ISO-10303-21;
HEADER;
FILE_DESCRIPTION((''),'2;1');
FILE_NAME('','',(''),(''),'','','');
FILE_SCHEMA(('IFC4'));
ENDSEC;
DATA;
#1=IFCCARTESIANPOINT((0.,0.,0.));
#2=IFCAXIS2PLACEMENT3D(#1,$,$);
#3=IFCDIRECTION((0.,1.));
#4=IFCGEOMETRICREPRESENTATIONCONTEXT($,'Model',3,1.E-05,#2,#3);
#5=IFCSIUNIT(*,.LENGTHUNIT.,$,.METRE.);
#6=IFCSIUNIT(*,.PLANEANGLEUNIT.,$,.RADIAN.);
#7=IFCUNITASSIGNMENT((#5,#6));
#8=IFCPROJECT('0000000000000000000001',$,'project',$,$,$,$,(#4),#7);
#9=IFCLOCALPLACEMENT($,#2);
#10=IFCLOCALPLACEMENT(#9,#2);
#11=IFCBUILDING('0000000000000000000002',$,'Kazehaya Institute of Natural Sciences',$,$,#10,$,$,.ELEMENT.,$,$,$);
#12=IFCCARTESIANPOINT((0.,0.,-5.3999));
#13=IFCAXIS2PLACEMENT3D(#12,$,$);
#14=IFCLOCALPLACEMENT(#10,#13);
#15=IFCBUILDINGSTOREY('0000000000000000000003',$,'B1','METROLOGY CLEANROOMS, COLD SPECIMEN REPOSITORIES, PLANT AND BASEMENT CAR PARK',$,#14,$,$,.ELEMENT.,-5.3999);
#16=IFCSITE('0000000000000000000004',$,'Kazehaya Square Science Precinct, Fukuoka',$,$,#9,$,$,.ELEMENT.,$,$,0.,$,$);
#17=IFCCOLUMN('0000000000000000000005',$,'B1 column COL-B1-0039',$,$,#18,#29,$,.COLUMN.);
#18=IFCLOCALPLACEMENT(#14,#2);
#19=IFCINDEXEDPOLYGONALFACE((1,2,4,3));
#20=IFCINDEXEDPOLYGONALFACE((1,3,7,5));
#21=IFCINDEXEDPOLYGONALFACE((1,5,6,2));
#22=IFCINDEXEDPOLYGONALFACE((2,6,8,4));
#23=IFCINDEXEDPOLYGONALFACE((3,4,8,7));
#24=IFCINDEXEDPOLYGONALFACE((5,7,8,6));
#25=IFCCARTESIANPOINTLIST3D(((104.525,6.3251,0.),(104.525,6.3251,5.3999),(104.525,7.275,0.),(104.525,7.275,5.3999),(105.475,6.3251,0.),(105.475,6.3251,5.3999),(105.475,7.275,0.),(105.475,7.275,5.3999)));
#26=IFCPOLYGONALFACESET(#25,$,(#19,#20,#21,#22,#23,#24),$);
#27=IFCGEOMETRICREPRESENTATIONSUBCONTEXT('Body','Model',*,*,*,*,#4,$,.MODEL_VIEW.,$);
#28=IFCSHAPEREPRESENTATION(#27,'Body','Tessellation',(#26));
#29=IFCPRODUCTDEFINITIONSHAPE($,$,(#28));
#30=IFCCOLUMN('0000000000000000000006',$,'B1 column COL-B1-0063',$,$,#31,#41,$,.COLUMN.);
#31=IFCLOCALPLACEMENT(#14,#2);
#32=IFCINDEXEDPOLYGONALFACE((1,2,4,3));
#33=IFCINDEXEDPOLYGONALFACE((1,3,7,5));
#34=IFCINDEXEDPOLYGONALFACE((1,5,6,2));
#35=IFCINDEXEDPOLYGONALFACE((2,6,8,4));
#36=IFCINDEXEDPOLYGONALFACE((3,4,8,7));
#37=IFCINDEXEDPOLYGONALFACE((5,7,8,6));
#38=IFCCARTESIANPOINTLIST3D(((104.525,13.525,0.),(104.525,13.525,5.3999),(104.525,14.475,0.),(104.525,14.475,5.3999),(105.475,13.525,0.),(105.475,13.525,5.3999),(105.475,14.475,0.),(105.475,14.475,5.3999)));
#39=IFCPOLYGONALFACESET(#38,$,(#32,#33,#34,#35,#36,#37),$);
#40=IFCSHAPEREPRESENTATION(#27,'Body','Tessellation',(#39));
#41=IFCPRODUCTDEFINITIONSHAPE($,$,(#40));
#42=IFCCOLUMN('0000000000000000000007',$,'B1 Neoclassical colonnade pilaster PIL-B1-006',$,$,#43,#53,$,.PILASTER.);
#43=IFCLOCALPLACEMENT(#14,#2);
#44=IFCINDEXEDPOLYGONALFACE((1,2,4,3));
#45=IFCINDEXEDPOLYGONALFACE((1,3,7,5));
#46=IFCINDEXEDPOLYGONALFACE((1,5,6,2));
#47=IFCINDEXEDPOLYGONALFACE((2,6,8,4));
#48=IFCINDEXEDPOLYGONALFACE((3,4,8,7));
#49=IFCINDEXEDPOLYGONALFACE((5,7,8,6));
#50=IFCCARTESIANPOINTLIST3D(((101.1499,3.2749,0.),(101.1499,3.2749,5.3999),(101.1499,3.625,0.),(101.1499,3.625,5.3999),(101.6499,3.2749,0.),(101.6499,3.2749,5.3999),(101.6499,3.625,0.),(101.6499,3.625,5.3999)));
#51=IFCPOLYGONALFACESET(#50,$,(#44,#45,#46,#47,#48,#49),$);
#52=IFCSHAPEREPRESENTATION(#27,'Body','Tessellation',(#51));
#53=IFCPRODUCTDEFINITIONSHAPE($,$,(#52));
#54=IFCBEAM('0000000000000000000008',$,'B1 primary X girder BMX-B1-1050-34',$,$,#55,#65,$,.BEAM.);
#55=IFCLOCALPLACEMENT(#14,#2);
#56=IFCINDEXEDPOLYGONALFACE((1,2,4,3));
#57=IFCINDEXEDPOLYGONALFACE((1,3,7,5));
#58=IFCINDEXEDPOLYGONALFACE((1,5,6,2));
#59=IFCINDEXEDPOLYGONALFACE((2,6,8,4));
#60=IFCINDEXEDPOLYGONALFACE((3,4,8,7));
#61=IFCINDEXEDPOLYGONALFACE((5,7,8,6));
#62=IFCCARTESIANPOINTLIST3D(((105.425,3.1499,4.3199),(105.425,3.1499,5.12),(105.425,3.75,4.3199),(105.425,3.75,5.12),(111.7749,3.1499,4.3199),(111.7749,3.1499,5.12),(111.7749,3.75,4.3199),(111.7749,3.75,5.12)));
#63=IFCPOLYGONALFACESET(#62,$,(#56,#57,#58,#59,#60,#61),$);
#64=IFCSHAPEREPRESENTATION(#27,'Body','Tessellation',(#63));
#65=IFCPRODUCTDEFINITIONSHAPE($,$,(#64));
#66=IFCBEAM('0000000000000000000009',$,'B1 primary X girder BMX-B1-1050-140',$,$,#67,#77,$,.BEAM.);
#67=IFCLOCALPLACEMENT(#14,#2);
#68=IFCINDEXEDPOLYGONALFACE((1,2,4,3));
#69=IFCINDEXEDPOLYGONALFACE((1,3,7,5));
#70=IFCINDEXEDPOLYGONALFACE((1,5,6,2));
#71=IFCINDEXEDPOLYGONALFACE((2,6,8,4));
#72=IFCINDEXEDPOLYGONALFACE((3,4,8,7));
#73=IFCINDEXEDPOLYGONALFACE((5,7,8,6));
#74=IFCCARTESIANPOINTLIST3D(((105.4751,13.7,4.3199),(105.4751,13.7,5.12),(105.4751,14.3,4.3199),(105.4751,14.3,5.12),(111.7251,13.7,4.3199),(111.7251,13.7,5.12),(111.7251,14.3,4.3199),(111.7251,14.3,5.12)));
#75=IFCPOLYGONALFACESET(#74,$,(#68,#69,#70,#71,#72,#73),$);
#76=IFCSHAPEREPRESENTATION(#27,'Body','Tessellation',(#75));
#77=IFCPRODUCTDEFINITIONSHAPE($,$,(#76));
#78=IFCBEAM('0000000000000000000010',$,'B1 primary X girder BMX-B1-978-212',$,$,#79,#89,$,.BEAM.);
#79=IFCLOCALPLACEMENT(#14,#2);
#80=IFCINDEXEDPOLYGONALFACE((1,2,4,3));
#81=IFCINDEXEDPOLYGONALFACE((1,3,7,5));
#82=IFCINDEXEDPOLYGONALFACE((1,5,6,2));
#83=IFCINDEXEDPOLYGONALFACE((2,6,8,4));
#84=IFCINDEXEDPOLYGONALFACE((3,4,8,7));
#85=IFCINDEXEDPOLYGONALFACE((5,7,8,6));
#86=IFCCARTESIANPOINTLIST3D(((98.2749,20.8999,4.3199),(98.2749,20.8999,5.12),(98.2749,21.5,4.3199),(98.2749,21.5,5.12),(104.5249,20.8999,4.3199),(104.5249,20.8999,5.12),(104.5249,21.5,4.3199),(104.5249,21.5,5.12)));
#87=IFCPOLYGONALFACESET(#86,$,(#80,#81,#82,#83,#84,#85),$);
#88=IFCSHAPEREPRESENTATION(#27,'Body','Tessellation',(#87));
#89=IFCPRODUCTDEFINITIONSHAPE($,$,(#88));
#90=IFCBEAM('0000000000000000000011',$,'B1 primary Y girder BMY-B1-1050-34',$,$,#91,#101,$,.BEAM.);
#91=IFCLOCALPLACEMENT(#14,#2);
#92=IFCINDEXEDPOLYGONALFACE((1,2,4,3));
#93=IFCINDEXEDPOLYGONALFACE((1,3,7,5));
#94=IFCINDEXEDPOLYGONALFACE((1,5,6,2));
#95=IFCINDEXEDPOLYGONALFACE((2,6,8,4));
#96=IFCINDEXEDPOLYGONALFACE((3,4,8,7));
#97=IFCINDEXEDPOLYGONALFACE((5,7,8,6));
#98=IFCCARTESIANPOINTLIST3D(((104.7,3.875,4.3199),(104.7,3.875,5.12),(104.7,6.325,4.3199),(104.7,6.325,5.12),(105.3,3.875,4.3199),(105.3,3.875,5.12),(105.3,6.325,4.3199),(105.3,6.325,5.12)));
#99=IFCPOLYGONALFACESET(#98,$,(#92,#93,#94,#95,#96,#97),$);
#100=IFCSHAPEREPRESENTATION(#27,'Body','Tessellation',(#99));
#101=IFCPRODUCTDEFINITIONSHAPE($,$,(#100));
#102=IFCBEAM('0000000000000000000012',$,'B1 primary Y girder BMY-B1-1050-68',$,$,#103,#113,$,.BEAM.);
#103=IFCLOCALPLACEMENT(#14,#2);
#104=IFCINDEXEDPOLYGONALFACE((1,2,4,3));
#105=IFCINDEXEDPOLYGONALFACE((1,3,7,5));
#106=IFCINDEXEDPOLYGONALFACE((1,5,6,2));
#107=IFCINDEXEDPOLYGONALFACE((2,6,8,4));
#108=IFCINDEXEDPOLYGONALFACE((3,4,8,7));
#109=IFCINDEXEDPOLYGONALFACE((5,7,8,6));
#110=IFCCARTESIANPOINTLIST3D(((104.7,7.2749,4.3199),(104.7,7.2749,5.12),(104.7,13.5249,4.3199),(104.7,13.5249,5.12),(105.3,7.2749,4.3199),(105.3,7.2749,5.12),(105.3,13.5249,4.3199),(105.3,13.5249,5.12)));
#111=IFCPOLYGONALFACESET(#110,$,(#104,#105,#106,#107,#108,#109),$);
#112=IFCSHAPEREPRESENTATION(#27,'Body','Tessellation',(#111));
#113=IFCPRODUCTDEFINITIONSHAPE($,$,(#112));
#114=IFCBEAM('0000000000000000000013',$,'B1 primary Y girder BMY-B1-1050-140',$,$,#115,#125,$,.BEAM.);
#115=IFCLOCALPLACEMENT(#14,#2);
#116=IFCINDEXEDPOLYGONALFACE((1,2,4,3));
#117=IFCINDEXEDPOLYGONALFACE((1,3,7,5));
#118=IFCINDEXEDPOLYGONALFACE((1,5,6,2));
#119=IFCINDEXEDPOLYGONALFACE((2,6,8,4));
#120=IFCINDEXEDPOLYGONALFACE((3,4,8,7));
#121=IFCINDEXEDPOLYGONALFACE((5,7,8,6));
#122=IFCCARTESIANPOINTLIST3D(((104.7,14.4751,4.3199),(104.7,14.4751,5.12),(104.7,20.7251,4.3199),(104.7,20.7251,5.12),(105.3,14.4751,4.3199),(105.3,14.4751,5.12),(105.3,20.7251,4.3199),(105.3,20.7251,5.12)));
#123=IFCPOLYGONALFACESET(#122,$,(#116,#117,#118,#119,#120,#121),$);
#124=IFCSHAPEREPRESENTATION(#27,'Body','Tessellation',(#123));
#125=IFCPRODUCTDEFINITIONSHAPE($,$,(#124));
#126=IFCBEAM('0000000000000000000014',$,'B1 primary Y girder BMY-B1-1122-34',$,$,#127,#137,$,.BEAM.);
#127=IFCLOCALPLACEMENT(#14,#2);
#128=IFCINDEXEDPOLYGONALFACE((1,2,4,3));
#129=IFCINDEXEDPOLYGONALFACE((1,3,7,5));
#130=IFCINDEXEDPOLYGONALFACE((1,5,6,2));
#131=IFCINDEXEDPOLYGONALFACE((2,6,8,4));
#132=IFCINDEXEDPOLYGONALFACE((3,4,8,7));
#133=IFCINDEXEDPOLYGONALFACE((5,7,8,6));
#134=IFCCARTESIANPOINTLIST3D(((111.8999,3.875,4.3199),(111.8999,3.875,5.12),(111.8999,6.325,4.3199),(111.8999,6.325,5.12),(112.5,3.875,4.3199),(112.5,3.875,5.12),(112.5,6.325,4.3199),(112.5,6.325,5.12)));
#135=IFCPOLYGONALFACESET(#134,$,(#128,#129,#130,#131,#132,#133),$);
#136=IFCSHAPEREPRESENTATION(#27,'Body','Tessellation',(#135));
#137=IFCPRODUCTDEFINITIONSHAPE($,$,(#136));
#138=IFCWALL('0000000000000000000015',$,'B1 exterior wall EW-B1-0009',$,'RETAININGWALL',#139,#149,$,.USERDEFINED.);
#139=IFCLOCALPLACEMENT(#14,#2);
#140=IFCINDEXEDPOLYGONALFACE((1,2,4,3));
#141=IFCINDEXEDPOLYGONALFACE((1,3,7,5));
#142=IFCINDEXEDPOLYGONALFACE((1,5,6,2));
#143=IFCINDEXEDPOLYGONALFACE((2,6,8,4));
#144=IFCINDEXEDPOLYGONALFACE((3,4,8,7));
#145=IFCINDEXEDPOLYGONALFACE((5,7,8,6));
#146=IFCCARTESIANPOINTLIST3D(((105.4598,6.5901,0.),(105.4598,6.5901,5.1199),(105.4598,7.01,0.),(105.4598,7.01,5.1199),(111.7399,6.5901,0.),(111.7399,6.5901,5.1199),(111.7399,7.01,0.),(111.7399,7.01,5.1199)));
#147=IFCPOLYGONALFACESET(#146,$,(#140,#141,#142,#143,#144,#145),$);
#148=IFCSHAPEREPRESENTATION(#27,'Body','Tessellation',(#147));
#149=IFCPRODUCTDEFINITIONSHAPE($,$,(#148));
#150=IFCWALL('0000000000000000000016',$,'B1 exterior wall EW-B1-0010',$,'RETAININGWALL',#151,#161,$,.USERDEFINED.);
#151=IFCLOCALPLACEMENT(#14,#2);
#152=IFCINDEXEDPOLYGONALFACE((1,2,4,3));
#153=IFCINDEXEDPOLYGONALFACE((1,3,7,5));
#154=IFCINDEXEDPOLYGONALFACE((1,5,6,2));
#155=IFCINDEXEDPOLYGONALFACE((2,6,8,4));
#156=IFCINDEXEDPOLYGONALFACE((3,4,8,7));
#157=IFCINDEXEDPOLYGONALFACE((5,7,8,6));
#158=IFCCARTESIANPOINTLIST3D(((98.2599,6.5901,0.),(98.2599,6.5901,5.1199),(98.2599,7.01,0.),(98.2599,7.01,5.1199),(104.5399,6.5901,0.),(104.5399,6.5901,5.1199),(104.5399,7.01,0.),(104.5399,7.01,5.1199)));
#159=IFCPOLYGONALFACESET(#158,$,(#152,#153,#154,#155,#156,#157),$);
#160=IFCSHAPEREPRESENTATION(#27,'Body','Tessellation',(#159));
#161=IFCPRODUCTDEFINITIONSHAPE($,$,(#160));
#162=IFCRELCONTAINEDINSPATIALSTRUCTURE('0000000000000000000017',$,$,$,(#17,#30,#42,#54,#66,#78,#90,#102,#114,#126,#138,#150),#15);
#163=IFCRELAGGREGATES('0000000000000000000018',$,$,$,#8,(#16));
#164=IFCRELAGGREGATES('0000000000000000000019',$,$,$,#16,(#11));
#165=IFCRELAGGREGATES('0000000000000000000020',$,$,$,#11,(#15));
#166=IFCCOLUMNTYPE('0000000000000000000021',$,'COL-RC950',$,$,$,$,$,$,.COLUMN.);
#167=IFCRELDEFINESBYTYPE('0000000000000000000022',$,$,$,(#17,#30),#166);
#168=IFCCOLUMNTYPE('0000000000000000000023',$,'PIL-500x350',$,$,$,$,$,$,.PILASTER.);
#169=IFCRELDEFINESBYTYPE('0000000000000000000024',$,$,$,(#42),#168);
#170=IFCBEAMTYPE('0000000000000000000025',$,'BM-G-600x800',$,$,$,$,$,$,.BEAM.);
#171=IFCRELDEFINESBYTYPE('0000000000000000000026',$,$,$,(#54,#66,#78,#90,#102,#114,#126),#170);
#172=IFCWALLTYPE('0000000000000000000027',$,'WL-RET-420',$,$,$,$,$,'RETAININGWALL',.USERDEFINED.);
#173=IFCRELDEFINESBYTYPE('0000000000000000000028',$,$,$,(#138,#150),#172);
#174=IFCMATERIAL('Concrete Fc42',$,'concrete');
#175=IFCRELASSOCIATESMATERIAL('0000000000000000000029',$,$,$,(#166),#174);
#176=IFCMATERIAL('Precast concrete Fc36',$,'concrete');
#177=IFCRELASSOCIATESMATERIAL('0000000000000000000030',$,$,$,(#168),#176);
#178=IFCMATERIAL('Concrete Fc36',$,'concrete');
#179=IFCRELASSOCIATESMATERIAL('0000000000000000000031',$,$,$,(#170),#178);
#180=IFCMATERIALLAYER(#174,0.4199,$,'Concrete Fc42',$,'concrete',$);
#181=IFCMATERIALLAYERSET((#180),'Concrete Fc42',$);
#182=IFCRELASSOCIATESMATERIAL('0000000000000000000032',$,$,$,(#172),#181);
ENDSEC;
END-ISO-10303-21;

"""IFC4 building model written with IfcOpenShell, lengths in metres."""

from ifc_helpers import new_model, si_unit, direction, frame, frame_2d, origin, origin_2d, place, context, subcontext, project, spatial, rectangle, extrude, material, layer, layer_set, material_profile, profile_set, type_object, element, save


model = new_model("IFC4")

# Units and contexts
model_context = context("Model", 3, precision=1e-05, world=origin(), true_north=direction((0.0, 1.0)))
body_context = subcontext(model_context, "Body", "Model", "MODEL_VIEW")
ifc_project = project(units=[si_unit("LENGTHUNIT", "METRE"), si_unit("PLANEANGLEUNIT", "RADIAN")], contexts=[model_context])

# Site, building, storey
site_placement = place(None, origin())
site = spatial("IfcSite", under=ifc_project, at=site_placement, Name="Kazehaya Square Science Precinct, Fukuoka", CompositionType="ELEMENT", RefElevation=0.0)
building_placement = place(site_placement, origin())
building = spatial("IfcBuilding", under=site, at=building_placement, Name="Kazehaya Institute of Natural Sciences", CompositionType="ELEMENT")
storey_placement = place(building_placement, frame((0.0, 0.0, -5.3999)))
storey = spatial("IfcBuildingStorey", under=building, at=storey_placement, Name="B1", Description="METROLOGY CLEANROOMS, COLD SPECIMEN REPOSITORIES, PLANT AND BASEMENT CAR PARK", CompositionType="ELEMENT", Elevation=-5.3999)

# Shared definitions
ifc_material_1 = material(Name="Concrete Fc36", Category="concrete")

# Columns
ifc_material_2 = material(Name="Concrete Fc42", Category="concrete")
ifc_material_profile_1 = material_profile(ifc_material_2, rectangle(XDim=0.95, YDim=0.95, at=origin_2d()), Name="RC-950x950")
ifc_profile_set_1 = profile_set([ifc_material_profile_1], Name="Concrete Fc42")
column_type_1 = type_object("IfcColumnType", Name="COL-RC950", PredefinedType="COLUMN", material=ifc_profile_set_1)
for number, where, z_axis, x_axis, name in (
    (1, (105.0, 6.8, 0.0), (0.0, 0.0, 1.0), (1.0, 0.0, 0.0), "B1 column COL-B1-0039"),
    (2, (105.0, 14.0, 0.0), (0.0, 0.0, 1.0), (1.0, 0.0, 0.0), "B1 column COL-B1-0063"),
):
    element("IfcColumn", number, at=place(storey_placement, frame(where, z_axis=z_axis, x_axis=x_axis)), inside=storey, type_object=column_type_1, Name=name, PredefinedType="COLUMN", context=body_context, shape_type="SweptSolid", body=[
        extrude(rectangle(XDim=0.95, YDim=0.95, at=origin_2d()), origin(), (0.0, 0.0, 1.0), 5.3999),
    ])
ifc_material_3 = material(Name="Precast concrete Fc36", Category="concrete")
ifc_material_profile_2 = material_profile(ifc_material_3, rectangle(XDim=0.5, YDim=0.3501, at=origin_2d()), Name="RC-PIL-500x350")
ifc_profile_set_2 = profile_set([ifc_material_profile_2], Name="Precast concrete Fc36")
column_type_2 = type_object("IfcColumnType", Name="PIL-500x350", PredefinedType="PILASTER", material=ifc_profile_set_2)
column_placement = place(storey_placement, frame((101.3999, 3.45, 0.0), z_axis=(0.0, 0.0, 1.0), x_axis=(1.0, 0.0, 0.0)))
element("IfcColumn", 3, at=column_placement, inside=storey, type_object=column_type_2, Name="B1 Neoclassical colonnade pilaster PIL-B1-006", PredefinedType="PILASTER", context=body_context, shape_type="SweptSolid", body=[
    extrude(rectangle(XDim=0.5, YDim=0.3501, at=origin_2d()), origin(), (0.0, 0.0, 1.0), 5.3999),
])

# Beams
ifc_material_profile_3 = material_profile(ifc_material_1, rectangle(XDim=0.6001, YDim=0.8, at=origin_2d()), Name="RC-600x800")
ifc_profile_set_3 = profile_set([ifc_material_profile_3], Name="Concrete Fc36")
beam_type = type_object("IfcBeamType", Name="BM-G-600x800", PredefinedType="BEAM", material=ifc_profile_set_3)
beam_1_placement = place(storey_placement, frame((105.425, 3.45, 4.72), z_axis=(1.0, 0.0, 0.0), x_axis=(0.0, 1.0, 0.0)))
element("IfcBeam", 4, at=beam_1_placement, inside=storey, type_object=beam_type, Name="B1 primary X girder BMX-B1-1050-34", PredefinedType="BEAM", context=body_context, shape_type="SweptSolid", body=[
    extrude(rectangle(XDim=0.6001, YDim=0.8, at=origin_2d()), origin(), (0.0, 0.0, 1.0), 6.3499),
])
for number, where, z_axis, x_axis, name in (
    (5, (105.4751, 14.0, 4.72), (1.0, 0.0, 0.0), (0.0, 1.0, 0.0), "B1 primary X girder BMX-B1-1050-140"),
    (6, (98.2749, 21.2, 4.72), (1.0, 0.0, 0.0), (0.0, 1.0, 0.0), "B1 primary X girder BMX-B1-978-212"),
):
    element("IfcBeam", number, at=place(storey_placement, frame(where, z_axis=z_axis, x_axis=x_axis)), inside=storey, type_object=beam_type, Name=name, PredefinedType="BEAM", context=body_context, shape_type="SweptSolid", body=[
        extrude(rectangle(XDim=0.6001, YDim=0.8, at=origin_2d()), origin(), (0.0, 0.0, 1.0), 6.25),
    ])
beam_2_placement = place(storey_placement, frame((105.0, 3.875, 4.72), z_axis=(0.0, 1.0, 0.0), x_axis=(-1.0, 0.0, 0.0)))
element("IfcBeam", 7, at=beam_2_placement, inside=storey, type_object=beam_type, Name="B1 primary Y girder BMY-B1-1050-34", PredefinedType="BEAM", context=body_context, shape_type="SweptSolid", body=[
    extrude(rectangle(XDim=0.6001, YDim=0.8, at=origin_2d()), origin(), (0.0, 0.0, 1.0), 2.45),
])
for number, where, z_axis, x_axis, name in (
    (8, (105.0, 7.2749, 4.72), (0.0, 1.0, 0.0), (-1.0, 0.0, 0.0), "B1 primary Y girder BMY-B1-1050-68"),
    (9, (105.0, 14.4751, 4.72), (0.0, 1.0, 0.0), (-1.0, 0.0, 0.0), "B1 primary Y girder BMY-B1-1050-140"),
):
    element("IfcBeam", number, at=place(storey_placement, frame(where, z_axis=z_axis, x_axis=x_axis)), inside=storey, type_object=beam_type, Name=name, PredefinedType="BEAM", context=body_context, shape_type="SweptSolid", body=[
        extrude(rectangle(XDim=0.6001, YDim=0.8, at=origin_2d()), origin(), (0.0, 0.0, 1.0), 6.25),
    ])
beam_3_placement = place(storey_placement, frame((112.2, 3.875, 4.72), z_axis=(0.0, 1.0, 0.0), x_axis=(-1.0, 0.0, 0.0)))
element("IfcBeam", 10, at=beam_3_placement, inside=storey, type_object=beam_type, Name="B1 primary Y girder BMY-B1-1122-34", PredefinedType="BEAM", context=body_context, shape_type="SweptSolid", body=[
    extrude(rectangle(XDim=0.6001, YDim=0.8, at=origin_2d()), origin(), (0.0, 0.0, 1.0), 2.45),
])

# Walls
ifc_layer = layer(ifc_material_2, 0.4199, Name="Concrete Fc42", Category="concrete")
ifc_layer_set = layer_set([ifc_layer], Name="Concrete Fc42")
wall_type = type_object("IfcWallType", Name="WL-RET-420", ElementType="RETAININGWALL", PredefinedType="USERDEFINED", material=ifc_layer_set)
for number, where, z_axis, x_axis, name in (
    (11, (111.74, 6.8, 0.0), (0.0, 0.0, 1.0), (-1.0, 0.0, 0.0), "B1 exterior wall EW-B1-0009"),
    (12, (104.54, 6.8, 0.0), (0.0, 0.0, 1.0), (-1.0, 0.0, 0.0), "B1 exterior wall EW-B1-0010"),
):
    element("IfcWall", number, at=place(storey_placement, frame(where, z_axis=z_axis, x_axis=x_axis)), inside=storey, type_object=wall_type, Name=name, ObjectType="RETAININGWALL", PredefinedType="USERDEFINED", context=body_context, shape_type="SweptSolid", body=[
        extrude(rectangle(XDim=6.28, YDim=0.4199, at=frame_2d((3.1401, 0.0))), origin(), (0.0, 0.0, 1.0), 5.1199),
    ])

save(model, "model.ifc")
